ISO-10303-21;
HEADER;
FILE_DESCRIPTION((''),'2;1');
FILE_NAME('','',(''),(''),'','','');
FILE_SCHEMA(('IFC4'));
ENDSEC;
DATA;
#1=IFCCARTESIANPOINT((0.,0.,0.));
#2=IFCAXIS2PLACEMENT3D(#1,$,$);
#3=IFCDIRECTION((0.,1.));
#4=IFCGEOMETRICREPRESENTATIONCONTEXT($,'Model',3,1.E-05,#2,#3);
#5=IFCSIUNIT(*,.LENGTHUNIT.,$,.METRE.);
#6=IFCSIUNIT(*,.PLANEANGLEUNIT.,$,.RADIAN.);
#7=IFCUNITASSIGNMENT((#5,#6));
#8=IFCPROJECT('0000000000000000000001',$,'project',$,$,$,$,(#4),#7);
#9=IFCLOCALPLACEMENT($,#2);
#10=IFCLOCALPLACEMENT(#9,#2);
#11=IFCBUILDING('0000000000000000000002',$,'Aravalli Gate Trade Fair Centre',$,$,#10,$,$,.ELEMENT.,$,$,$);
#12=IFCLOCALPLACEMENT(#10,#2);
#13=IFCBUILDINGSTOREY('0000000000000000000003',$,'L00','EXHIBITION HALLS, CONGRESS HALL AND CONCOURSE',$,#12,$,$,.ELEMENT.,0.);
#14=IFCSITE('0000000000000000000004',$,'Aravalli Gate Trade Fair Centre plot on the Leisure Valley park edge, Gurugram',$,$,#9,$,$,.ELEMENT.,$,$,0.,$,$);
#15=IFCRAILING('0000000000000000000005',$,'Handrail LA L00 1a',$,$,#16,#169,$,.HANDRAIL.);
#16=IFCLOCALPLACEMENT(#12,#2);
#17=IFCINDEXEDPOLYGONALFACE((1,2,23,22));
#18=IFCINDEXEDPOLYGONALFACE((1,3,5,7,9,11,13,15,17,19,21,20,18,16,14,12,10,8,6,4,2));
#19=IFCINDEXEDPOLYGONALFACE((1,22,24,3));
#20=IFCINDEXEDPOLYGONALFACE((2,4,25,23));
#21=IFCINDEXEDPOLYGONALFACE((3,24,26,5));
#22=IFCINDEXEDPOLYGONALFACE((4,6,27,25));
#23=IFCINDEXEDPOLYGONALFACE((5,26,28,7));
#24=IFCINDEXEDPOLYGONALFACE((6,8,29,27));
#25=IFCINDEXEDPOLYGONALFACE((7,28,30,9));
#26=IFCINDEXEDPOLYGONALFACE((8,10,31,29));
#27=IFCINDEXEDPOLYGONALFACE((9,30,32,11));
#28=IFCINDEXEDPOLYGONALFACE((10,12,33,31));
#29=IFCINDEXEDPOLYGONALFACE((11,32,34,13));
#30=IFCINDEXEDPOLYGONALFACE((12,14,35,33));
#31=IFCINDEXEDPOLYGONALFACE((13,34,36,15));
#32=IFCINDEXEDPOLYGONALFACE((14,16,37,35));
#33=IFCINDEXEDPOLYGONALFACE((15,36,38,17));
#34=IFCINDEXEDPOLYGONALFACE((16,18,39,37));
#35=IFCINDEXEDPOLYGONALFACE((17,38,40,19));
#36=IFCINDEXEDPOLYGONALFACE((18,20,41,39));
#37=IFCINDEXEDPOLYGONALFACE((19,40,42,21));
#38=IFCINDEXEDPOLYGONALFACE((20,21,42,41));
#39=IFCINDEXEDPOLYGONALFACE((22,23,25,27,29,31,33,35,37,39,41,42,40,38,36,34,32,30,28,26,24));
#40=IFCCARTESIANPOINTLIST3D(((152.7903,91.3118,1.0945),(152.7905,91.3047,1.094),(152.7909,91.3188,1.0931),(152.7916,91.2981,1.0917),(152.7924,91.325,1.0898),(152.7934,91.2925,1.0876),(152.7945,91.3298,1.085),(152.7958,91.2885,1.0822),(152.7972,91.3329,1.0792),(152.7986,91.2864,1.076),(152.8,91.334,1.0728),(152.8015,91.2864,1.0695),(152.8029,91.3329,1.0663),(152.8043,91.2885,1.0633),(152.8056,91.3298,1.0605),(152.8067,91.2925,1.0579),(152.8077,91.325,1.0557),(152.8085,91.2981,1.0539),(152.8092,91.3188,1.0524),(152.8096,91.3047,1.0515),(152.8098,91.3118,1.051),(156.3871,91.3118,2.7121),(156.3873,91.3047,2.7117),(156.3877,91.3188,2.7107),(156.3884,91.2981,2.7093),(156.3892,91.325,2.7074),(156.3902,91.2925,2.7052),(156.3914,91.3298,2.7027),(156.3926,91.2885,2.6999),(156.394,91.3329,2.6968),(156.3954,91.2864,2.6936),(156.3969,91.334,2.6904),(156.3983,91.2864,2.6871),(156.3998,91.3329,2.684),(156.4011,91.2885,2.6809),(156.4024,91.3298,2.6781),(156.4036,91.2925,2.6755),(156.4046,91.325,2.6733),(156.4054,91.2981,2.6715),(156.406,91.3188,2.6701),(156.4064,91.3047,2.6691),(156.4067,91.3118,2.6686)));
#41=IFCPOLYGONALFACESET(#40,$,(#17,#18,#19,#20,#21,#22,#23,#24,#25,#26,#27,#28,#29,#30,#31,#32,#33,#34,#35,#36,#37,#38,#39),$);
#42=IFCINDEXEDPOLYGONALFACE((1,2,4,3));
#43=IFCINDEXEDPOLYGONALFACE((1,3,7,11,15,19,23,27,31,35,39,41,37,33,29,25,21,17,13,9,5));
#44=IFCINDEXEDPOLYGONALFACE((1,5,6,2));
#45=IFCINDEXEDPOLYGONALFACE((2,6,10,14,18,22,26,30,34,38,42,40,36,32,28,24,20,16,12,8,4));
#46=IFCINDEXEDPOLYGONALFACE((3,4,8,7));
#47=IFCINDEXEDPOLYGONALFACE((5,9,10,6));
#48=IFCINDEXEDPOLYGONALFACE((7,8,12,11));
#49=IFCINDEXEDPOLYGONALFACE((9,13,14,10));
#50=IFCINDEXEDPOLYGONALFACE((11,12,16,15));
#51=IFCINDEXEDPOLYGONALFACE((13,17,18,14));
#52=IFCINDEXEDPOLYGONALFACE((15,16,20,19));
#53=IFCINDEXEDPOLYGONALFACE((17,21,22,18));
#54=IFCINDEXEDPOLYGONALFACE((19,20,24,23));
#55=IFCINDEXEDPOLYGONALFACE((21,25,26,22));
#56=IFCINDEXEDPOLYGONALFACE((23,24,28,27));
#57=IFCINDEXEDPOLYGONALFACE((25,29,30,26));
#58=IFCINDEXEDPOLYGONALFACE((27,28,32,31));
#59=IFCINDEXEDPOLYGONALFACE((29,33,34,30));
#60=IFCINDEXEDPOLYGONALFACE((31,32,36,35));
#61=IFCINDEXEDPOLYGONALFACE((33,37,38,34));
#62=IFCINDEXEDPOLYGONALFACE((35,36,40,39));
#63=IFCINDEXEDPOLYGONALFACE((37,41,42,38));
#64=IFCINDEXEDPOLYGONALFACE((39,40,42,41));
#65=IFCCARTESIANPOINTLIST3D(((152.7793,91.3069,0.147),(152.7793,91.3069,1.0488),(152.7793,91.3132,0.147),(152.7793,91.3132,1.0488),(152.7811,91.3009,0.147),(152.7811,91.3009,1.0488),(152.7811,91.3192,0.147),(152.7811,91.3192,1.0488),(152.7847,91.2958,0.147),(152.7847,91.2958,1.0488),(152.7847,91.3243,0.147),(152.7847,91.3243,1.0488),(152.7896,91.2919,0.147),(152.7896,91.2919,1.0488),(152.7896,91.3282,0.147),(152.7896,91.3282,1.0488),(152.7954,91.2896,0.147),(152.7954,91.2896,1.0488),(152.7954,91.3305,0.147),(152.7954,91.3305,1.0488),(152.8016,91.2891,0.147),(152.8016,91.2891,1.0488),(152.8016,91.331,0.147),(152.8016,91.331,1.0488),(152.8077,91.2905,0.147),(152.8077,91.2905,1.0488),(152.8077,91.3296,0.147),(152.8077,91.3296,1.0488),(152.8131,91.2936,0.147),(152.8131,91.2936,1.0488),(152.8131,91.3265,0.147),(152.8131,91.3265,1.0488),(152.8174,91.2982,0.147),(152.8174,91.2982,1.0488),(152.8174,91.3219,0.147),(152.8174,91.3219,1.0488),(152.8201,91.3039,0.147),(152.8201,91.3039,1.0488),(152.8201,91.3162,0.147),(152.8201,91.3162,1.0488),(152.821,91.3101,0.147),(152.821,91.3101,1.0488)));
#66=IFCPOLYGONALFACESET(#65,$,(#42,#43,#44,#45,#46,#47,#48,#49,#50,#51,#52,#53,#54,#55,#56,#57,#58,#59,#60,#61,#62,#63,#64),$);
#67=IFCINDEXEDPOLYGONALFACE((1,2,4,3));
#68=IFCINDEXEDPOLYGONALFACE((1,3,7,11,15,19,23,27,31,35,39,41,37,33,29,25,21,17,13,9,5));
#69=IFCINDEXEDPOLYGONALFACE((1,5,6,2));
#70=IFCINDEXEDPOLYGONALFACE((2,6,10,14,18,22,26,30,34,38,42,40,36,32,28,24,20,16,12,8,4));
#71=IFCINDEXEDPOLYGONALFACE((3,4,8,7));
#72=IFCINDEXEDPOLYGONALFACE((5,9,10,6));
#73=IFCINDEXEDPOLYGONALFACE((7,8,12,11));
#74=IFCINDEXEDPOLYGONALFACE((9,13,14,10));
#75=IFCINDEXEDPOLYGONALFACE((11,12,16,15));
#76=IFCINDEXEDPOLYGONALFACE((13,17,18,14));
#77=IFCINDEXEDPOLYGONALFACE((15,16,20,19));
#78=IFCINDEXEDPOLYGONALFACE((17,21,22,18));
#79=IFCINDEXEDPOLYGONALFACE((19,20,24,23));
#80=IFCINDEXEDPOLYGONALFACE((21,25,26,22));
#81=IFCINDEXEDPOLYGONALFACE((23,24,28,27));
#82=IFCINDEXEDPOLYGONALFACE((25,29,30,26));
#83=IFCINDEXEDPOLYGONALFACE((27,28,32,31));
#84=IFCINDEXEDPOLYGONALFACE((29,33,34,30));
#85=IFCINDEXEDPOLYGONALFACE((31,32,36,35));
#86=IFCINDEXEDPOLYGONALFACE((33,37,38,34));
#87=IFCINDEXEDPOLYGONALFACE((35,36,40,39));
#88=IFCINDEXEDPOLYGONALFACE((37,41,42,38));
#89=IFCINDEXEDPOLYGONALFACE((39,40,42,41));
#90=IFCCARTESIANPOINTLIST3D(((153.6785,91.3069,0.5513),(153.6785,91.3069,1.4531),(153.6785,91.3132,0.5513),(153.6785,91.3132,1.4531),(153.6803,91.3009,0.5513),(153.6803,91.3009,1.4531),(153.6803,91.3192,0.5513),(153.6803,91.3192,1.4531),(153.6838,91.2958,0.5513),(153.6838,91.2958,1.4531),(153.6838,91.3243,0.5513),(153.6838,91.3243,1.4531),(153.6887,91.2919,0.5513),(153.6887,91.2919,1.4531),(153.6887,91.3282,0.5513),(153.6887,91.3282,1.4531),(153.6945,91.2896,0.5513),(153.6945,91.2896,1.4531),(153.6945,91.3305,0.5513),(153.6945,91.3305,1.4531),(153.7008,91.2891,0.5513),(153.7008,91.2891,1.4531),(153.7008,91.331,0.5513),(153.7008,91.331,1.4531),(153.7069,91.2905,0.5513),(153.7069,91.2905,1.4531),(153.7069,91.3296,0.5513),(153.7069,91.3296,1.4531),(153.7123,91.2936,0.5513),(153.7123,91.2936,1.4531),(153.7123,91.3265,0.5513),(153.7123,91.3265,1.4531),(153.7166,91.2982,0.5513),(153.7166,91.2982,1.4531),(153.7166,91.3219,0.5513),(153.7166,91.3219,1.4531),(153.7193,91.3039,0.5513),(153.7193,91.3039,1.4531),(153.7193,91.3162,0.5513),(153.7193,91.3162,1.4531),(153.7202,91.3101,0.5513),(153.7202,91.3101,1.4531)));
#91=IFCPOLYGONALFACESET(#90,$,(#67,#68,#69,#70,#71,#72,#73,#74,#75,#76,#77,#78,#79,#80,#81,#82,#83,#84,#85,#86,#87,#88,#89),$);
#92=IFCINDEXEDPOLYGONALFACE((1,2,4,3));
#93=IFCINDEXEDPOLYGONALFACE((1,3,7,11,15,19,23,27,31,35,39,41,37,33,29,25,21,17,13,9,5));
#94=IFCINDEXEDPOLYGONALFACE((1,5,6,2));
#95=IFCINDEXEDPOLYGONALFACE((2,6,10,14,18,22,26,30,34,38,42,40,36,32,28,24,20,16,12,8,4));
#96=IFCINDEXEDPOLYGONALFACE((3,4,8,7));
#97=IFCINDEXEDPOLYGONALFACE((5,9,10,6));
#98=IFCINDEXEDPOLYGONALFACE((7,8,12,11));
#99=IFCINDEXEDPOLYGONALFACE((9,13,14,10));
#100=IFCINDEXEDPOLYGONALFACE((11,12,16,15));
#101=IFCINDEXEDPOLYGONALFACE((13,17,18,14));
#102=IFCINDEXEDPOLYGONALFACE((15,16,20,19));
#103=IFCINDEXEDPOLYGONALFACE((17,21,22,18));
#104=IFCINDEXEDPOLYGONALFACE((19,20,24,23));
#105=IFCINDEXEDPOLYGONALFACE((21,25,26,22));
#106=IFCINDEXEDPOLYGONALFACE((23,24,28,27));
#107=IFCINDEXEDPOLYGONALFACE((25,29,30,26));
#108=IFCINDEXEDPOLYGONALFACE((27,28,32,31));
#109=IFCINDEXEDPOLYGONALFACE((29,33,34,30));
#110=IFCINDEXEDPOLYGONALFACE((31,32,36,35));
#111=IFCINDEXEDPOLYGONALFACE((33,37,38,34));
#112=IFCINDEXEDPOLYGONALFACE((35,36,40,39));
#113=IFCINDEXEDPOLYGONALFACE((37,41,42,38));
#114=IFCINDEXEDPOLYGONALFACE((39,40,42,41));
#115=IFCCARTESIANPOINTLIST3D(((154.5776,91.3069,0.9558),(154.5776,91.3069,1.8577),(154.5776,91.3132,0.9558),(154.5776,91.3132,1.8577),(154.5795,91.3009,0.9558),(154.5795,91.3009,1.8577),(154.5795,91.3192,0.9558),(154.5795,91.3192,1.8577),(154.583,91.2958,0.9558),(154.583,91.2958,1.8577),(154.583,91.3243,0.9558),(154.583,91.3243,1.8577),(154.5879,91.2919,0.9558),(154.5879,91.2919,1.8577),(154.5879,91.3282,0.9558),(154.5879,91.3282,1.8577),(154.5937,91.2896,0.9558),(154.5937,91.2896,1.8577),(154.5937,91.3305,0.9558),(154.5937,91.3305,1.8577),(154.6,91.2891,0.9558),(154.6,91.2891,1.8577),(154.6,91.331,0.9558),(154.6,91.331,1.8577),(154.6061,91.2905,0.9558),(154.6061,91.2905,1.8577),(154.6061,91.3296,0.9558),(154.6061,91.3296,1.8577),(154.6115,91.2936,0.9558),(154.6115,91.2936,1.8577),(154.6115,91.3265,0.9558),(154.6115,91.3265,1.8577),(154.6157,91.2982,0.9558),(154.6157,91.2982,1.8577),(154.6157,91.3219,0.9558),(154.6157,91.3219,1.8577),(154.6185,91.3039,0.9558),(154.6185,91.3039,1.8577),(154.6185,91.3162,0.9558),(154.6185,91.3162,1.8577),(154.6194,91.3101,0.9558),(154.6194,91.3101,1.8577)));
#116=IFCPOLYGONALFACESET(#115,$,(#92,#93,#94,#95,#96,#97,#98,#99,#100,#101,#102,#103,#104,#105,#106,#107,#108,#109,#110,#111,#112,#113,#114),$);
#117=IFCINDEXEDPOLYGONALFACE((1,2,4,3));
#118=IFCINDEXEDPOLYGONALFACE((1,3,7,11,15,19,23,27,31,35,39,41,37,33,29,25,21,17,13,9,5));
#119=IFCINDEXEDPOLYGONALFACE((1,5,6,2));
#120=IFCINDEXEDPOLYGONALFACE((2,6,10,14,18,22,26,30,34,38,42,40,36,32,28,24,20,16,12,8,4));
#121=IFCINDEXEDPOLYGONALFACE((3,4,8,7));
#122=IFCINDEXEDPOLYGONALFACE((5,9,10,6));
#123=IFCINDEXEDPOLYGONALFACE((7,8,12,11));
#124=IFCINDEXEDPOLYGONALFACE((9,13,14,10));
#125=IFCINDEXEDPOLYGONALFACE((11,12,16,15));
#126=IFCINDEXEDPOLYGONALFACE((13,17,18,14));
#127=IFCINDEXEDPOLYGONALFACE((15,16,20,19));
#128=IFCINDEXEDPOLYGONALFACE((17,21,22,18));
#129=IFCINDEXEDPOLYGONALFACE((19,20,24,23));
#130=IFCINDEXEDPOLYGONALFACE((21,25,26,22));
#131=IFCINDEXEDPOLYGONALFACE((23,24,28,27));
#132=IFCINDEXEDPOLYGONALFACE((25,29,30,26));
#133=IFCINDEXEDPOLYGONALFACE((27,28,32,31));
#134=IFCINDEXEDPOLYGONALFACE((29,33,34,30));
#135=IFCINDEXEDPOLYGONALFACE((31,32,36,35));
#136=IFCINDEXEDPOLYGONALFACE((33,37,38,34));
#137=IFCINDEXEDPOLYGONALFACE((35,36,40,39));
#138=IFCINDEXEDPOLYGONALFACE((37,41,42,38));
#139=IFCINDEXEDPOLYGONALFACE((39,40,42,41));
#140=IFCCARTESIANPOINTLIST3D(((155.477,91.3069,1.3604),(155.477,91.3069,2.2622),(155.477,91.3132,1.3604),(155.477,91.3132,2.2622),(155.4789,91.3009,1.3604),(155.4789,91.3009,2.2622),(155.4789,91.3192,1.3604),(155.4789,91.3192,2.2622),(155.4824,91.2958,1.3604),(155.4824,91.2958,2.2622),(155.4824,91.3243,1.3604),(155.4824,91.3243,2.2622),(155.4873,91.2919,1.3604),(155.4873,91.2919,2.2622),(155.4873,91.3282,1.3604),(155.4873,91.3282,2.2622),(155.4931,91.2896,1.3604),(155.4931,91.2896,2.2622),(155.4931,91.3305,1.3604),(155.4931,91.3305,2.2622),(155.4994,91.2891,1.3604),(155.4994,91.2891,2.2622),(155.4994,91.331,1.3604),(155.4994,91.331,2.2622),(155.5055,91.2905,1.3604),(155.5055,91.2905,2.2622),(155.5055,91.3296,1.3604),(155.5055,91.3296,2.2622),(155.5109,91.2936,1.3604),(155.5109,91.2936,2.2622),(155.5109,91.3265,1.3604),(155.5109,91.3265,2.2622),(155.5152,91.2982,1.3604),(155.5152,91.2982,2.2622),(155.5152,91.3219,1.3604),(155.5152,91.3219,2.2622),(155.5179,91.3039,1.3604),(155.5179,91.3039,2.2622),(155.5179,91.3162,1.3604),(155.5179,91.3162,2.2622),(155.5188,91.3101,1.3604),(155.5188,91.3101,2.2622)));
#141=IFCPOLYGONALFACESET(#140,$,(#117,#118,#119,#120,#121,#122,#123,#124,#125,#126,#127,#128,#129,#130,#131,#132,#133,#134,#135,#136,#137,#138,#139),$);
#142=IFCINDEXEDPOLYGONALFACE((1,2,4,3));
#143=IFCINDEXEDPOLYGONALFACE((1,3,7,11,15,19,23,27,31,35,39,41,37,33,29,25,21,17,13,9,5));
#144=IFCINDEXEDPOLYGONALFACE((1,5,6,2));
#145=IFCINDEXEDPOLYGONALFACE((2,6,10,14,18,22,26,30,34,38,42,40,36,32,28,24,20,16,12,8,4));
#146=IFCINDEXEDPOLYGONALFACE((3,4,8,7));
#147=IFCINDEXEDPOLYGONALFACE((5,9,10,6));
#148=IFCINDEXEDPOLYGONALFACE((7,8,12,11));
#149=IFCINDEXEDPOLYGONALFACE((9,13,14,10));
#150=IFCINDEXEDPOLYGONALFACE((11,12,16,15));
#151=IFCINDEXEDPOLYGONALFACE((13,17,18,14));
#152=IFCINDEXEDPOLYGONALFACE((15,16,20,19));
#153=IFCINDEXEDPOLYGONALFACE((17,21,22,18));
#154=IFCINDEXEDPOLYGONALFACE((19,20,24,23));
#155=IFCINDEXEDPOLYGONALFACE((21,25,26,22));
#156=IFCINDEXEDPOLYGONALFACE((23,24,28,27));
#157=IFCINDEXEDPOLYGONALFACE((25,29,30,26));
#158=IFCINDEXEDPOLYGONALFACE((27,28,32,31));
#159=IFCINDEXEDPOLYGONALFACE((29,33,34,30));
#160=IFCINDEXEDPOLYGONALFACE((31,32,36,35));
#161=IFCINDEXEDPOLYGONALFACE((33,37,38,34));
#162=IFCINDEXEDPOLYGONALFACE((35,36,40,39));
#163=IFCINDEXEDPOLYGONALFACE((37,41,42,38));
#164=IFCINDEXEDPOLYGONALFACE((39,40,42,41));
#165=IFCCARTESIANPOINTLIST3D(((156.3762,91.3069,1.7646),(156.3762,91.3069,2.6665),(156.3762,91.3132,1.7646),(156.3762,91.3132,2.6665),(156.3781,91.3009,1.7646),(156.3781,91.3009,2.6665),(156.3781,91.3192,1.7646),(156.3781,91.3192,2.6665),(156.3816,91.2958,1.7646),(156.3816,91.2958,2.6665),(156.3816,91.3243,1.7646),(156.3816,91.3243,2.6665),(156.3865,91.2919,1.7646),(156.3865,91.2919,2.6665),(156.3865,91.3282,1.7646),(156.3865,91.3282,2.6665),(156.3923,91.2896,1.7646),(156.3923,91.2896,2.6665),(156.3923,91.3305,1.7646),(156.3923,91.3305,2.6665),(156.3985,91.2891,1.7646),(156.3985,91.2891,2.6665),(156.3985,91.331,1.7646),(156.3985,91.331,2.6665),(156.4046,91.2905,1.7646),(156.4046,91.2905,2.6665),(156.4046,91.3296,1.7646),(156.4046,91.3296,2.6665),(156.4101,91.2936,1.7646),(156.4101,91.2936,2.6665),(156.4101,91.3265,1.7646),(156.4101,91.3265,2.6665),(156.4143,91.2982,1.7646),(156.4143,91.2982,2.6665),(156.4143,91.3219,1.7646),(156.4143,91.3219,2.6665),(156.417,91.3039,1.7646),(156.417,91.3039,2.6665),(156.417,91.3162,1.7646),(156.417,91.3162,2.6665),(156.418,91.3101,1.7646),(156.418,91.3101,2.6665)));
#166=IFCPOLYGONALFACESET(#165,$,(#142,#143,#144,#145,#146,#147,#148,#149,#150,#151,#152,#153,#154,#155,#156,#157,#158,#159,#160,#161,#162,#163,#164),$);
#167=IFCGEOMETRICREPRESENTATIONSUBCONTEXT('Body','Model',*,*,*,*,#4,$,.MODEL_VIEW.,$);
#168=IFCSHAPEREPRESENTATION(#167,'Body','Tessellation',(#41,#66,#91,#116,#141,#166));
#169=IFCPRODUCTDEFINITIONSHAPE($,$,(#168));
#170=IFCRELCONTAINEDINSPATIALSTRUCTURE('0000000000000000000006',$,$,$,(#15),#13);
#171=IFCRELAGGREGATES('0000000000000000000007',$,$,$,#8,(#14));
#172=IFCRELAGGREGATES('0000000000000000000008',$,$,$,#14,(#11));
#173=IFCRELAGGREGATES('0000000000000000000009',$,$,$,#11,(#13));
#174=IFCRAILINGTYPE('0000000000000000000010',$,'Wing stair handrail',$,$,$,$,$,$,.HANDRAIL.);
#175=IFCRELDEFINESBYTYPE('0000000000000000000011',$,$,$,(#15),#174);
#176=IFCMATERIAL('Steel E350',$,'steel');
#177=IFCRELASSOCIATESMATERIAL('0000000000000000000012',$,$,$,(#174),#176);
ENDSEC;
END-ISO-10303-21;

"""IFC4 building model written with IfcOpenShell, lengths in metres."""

from ifc_helpers import new_model, si_unit, direction, frame, origin, origin_2d, place, context, subcontext, project, spatial, circle, extrude, material, type_object, element, save


model = new_model("IFC4")

# Units and contexts
model_context = context("Model", 3, precision=1e-05, world=origin(), true_north=direction((0.0, 1.0)))
body_context = subcontext(model_context, "Body", "Model", "MODEL_VIEW")
ifc_project = project(units=[si_unit("LENGTHUNIT", "METRE"), si_unit("PLANEANGLEUNIT", "RADIAN")], contexts=[model_context])

# Site, building, storey
site_placement = place(None, origin())
site = spatial("IfcSite", under=ifc_project, at=site_placement, Name="Aravalli Gate Trade Fair Centre plot on the Leisure Valley park edge, Gurugram", CompositionType="ELEMENT", RefElevation=0.0)
building_placement = place(site_placement, origin())
building = spatial("IfcBuilding", under=site, at=building_placement, Name="Aravalli Gate Trade Fair Centre", CompositionType="ELEMENT")
storey_placement = place(building_placement, origin())
storey = spatial("IfcBuildingStorey", under=building, at=storey_placement, Name="L00", Description="EXHIBITION HALLS, CONGRESS HALL AND CONCOURSE", CompositionType="ELEMENT", Elevation=0.0)

# Railing
ifc_material_1 = material(Name="Steel E350", Category="steel")
railing_type_1 = type_object("IfcRailingType", Name="Wing stair handrail", PredefinedType="HANDRAIL", material=ifc_material_1)
for number, where, name in (
    (1, (152.8, 91.3101, 0.147), "Handrail LA L00 1a"),
):
    element("IfcRailing", number, at=place(storey_placement, frame(where)), inside=storey, type_object=railing_type_1, Name=name, PredefinedType="HANDRAIL", context=body_context, shape_type="SweptSolid", body=[
        extrude(circle(Radius=0.0239, at=origin_2d()), frame((0.0, 0.0, 0.9258), z_axis=(0.912011, 0.0, 0.410166), x_axis=(0.0, 1.0, 0.0)), (0.0, 0.0, 1.0), 3.9438),
        extrude(circle(Radius=0.021, at=origin_2d()), origin(), (0.0, 0.0, 1.0), 0.9019),
        extrude(circle(Radius=0.021, at=origin_2d()), frame((0.8992, 0.0, 0.4043)), (0.0, 0.0, 1.0), 0.9019),
        extrude(circle(Radius=0.021, at=origin_2d()), frame((1.7983, 0.0, 0.8088)), (0.0, 0.0, 1.0), 0.9019),
        extrude(circle(Radius=0.021, at=origin_2d()), frame((2.6978, 0.0, 1.2134)), (0.0, 0.0, 1.0), 0.9019),
        extrude(circle(Radius=0.021, at=origin_2d()), frame((3.5969, 0.0, 1.6177)), (0.0, 0.0, 1.0), 0.9019),
    ])

save(model, "model.ifc")
